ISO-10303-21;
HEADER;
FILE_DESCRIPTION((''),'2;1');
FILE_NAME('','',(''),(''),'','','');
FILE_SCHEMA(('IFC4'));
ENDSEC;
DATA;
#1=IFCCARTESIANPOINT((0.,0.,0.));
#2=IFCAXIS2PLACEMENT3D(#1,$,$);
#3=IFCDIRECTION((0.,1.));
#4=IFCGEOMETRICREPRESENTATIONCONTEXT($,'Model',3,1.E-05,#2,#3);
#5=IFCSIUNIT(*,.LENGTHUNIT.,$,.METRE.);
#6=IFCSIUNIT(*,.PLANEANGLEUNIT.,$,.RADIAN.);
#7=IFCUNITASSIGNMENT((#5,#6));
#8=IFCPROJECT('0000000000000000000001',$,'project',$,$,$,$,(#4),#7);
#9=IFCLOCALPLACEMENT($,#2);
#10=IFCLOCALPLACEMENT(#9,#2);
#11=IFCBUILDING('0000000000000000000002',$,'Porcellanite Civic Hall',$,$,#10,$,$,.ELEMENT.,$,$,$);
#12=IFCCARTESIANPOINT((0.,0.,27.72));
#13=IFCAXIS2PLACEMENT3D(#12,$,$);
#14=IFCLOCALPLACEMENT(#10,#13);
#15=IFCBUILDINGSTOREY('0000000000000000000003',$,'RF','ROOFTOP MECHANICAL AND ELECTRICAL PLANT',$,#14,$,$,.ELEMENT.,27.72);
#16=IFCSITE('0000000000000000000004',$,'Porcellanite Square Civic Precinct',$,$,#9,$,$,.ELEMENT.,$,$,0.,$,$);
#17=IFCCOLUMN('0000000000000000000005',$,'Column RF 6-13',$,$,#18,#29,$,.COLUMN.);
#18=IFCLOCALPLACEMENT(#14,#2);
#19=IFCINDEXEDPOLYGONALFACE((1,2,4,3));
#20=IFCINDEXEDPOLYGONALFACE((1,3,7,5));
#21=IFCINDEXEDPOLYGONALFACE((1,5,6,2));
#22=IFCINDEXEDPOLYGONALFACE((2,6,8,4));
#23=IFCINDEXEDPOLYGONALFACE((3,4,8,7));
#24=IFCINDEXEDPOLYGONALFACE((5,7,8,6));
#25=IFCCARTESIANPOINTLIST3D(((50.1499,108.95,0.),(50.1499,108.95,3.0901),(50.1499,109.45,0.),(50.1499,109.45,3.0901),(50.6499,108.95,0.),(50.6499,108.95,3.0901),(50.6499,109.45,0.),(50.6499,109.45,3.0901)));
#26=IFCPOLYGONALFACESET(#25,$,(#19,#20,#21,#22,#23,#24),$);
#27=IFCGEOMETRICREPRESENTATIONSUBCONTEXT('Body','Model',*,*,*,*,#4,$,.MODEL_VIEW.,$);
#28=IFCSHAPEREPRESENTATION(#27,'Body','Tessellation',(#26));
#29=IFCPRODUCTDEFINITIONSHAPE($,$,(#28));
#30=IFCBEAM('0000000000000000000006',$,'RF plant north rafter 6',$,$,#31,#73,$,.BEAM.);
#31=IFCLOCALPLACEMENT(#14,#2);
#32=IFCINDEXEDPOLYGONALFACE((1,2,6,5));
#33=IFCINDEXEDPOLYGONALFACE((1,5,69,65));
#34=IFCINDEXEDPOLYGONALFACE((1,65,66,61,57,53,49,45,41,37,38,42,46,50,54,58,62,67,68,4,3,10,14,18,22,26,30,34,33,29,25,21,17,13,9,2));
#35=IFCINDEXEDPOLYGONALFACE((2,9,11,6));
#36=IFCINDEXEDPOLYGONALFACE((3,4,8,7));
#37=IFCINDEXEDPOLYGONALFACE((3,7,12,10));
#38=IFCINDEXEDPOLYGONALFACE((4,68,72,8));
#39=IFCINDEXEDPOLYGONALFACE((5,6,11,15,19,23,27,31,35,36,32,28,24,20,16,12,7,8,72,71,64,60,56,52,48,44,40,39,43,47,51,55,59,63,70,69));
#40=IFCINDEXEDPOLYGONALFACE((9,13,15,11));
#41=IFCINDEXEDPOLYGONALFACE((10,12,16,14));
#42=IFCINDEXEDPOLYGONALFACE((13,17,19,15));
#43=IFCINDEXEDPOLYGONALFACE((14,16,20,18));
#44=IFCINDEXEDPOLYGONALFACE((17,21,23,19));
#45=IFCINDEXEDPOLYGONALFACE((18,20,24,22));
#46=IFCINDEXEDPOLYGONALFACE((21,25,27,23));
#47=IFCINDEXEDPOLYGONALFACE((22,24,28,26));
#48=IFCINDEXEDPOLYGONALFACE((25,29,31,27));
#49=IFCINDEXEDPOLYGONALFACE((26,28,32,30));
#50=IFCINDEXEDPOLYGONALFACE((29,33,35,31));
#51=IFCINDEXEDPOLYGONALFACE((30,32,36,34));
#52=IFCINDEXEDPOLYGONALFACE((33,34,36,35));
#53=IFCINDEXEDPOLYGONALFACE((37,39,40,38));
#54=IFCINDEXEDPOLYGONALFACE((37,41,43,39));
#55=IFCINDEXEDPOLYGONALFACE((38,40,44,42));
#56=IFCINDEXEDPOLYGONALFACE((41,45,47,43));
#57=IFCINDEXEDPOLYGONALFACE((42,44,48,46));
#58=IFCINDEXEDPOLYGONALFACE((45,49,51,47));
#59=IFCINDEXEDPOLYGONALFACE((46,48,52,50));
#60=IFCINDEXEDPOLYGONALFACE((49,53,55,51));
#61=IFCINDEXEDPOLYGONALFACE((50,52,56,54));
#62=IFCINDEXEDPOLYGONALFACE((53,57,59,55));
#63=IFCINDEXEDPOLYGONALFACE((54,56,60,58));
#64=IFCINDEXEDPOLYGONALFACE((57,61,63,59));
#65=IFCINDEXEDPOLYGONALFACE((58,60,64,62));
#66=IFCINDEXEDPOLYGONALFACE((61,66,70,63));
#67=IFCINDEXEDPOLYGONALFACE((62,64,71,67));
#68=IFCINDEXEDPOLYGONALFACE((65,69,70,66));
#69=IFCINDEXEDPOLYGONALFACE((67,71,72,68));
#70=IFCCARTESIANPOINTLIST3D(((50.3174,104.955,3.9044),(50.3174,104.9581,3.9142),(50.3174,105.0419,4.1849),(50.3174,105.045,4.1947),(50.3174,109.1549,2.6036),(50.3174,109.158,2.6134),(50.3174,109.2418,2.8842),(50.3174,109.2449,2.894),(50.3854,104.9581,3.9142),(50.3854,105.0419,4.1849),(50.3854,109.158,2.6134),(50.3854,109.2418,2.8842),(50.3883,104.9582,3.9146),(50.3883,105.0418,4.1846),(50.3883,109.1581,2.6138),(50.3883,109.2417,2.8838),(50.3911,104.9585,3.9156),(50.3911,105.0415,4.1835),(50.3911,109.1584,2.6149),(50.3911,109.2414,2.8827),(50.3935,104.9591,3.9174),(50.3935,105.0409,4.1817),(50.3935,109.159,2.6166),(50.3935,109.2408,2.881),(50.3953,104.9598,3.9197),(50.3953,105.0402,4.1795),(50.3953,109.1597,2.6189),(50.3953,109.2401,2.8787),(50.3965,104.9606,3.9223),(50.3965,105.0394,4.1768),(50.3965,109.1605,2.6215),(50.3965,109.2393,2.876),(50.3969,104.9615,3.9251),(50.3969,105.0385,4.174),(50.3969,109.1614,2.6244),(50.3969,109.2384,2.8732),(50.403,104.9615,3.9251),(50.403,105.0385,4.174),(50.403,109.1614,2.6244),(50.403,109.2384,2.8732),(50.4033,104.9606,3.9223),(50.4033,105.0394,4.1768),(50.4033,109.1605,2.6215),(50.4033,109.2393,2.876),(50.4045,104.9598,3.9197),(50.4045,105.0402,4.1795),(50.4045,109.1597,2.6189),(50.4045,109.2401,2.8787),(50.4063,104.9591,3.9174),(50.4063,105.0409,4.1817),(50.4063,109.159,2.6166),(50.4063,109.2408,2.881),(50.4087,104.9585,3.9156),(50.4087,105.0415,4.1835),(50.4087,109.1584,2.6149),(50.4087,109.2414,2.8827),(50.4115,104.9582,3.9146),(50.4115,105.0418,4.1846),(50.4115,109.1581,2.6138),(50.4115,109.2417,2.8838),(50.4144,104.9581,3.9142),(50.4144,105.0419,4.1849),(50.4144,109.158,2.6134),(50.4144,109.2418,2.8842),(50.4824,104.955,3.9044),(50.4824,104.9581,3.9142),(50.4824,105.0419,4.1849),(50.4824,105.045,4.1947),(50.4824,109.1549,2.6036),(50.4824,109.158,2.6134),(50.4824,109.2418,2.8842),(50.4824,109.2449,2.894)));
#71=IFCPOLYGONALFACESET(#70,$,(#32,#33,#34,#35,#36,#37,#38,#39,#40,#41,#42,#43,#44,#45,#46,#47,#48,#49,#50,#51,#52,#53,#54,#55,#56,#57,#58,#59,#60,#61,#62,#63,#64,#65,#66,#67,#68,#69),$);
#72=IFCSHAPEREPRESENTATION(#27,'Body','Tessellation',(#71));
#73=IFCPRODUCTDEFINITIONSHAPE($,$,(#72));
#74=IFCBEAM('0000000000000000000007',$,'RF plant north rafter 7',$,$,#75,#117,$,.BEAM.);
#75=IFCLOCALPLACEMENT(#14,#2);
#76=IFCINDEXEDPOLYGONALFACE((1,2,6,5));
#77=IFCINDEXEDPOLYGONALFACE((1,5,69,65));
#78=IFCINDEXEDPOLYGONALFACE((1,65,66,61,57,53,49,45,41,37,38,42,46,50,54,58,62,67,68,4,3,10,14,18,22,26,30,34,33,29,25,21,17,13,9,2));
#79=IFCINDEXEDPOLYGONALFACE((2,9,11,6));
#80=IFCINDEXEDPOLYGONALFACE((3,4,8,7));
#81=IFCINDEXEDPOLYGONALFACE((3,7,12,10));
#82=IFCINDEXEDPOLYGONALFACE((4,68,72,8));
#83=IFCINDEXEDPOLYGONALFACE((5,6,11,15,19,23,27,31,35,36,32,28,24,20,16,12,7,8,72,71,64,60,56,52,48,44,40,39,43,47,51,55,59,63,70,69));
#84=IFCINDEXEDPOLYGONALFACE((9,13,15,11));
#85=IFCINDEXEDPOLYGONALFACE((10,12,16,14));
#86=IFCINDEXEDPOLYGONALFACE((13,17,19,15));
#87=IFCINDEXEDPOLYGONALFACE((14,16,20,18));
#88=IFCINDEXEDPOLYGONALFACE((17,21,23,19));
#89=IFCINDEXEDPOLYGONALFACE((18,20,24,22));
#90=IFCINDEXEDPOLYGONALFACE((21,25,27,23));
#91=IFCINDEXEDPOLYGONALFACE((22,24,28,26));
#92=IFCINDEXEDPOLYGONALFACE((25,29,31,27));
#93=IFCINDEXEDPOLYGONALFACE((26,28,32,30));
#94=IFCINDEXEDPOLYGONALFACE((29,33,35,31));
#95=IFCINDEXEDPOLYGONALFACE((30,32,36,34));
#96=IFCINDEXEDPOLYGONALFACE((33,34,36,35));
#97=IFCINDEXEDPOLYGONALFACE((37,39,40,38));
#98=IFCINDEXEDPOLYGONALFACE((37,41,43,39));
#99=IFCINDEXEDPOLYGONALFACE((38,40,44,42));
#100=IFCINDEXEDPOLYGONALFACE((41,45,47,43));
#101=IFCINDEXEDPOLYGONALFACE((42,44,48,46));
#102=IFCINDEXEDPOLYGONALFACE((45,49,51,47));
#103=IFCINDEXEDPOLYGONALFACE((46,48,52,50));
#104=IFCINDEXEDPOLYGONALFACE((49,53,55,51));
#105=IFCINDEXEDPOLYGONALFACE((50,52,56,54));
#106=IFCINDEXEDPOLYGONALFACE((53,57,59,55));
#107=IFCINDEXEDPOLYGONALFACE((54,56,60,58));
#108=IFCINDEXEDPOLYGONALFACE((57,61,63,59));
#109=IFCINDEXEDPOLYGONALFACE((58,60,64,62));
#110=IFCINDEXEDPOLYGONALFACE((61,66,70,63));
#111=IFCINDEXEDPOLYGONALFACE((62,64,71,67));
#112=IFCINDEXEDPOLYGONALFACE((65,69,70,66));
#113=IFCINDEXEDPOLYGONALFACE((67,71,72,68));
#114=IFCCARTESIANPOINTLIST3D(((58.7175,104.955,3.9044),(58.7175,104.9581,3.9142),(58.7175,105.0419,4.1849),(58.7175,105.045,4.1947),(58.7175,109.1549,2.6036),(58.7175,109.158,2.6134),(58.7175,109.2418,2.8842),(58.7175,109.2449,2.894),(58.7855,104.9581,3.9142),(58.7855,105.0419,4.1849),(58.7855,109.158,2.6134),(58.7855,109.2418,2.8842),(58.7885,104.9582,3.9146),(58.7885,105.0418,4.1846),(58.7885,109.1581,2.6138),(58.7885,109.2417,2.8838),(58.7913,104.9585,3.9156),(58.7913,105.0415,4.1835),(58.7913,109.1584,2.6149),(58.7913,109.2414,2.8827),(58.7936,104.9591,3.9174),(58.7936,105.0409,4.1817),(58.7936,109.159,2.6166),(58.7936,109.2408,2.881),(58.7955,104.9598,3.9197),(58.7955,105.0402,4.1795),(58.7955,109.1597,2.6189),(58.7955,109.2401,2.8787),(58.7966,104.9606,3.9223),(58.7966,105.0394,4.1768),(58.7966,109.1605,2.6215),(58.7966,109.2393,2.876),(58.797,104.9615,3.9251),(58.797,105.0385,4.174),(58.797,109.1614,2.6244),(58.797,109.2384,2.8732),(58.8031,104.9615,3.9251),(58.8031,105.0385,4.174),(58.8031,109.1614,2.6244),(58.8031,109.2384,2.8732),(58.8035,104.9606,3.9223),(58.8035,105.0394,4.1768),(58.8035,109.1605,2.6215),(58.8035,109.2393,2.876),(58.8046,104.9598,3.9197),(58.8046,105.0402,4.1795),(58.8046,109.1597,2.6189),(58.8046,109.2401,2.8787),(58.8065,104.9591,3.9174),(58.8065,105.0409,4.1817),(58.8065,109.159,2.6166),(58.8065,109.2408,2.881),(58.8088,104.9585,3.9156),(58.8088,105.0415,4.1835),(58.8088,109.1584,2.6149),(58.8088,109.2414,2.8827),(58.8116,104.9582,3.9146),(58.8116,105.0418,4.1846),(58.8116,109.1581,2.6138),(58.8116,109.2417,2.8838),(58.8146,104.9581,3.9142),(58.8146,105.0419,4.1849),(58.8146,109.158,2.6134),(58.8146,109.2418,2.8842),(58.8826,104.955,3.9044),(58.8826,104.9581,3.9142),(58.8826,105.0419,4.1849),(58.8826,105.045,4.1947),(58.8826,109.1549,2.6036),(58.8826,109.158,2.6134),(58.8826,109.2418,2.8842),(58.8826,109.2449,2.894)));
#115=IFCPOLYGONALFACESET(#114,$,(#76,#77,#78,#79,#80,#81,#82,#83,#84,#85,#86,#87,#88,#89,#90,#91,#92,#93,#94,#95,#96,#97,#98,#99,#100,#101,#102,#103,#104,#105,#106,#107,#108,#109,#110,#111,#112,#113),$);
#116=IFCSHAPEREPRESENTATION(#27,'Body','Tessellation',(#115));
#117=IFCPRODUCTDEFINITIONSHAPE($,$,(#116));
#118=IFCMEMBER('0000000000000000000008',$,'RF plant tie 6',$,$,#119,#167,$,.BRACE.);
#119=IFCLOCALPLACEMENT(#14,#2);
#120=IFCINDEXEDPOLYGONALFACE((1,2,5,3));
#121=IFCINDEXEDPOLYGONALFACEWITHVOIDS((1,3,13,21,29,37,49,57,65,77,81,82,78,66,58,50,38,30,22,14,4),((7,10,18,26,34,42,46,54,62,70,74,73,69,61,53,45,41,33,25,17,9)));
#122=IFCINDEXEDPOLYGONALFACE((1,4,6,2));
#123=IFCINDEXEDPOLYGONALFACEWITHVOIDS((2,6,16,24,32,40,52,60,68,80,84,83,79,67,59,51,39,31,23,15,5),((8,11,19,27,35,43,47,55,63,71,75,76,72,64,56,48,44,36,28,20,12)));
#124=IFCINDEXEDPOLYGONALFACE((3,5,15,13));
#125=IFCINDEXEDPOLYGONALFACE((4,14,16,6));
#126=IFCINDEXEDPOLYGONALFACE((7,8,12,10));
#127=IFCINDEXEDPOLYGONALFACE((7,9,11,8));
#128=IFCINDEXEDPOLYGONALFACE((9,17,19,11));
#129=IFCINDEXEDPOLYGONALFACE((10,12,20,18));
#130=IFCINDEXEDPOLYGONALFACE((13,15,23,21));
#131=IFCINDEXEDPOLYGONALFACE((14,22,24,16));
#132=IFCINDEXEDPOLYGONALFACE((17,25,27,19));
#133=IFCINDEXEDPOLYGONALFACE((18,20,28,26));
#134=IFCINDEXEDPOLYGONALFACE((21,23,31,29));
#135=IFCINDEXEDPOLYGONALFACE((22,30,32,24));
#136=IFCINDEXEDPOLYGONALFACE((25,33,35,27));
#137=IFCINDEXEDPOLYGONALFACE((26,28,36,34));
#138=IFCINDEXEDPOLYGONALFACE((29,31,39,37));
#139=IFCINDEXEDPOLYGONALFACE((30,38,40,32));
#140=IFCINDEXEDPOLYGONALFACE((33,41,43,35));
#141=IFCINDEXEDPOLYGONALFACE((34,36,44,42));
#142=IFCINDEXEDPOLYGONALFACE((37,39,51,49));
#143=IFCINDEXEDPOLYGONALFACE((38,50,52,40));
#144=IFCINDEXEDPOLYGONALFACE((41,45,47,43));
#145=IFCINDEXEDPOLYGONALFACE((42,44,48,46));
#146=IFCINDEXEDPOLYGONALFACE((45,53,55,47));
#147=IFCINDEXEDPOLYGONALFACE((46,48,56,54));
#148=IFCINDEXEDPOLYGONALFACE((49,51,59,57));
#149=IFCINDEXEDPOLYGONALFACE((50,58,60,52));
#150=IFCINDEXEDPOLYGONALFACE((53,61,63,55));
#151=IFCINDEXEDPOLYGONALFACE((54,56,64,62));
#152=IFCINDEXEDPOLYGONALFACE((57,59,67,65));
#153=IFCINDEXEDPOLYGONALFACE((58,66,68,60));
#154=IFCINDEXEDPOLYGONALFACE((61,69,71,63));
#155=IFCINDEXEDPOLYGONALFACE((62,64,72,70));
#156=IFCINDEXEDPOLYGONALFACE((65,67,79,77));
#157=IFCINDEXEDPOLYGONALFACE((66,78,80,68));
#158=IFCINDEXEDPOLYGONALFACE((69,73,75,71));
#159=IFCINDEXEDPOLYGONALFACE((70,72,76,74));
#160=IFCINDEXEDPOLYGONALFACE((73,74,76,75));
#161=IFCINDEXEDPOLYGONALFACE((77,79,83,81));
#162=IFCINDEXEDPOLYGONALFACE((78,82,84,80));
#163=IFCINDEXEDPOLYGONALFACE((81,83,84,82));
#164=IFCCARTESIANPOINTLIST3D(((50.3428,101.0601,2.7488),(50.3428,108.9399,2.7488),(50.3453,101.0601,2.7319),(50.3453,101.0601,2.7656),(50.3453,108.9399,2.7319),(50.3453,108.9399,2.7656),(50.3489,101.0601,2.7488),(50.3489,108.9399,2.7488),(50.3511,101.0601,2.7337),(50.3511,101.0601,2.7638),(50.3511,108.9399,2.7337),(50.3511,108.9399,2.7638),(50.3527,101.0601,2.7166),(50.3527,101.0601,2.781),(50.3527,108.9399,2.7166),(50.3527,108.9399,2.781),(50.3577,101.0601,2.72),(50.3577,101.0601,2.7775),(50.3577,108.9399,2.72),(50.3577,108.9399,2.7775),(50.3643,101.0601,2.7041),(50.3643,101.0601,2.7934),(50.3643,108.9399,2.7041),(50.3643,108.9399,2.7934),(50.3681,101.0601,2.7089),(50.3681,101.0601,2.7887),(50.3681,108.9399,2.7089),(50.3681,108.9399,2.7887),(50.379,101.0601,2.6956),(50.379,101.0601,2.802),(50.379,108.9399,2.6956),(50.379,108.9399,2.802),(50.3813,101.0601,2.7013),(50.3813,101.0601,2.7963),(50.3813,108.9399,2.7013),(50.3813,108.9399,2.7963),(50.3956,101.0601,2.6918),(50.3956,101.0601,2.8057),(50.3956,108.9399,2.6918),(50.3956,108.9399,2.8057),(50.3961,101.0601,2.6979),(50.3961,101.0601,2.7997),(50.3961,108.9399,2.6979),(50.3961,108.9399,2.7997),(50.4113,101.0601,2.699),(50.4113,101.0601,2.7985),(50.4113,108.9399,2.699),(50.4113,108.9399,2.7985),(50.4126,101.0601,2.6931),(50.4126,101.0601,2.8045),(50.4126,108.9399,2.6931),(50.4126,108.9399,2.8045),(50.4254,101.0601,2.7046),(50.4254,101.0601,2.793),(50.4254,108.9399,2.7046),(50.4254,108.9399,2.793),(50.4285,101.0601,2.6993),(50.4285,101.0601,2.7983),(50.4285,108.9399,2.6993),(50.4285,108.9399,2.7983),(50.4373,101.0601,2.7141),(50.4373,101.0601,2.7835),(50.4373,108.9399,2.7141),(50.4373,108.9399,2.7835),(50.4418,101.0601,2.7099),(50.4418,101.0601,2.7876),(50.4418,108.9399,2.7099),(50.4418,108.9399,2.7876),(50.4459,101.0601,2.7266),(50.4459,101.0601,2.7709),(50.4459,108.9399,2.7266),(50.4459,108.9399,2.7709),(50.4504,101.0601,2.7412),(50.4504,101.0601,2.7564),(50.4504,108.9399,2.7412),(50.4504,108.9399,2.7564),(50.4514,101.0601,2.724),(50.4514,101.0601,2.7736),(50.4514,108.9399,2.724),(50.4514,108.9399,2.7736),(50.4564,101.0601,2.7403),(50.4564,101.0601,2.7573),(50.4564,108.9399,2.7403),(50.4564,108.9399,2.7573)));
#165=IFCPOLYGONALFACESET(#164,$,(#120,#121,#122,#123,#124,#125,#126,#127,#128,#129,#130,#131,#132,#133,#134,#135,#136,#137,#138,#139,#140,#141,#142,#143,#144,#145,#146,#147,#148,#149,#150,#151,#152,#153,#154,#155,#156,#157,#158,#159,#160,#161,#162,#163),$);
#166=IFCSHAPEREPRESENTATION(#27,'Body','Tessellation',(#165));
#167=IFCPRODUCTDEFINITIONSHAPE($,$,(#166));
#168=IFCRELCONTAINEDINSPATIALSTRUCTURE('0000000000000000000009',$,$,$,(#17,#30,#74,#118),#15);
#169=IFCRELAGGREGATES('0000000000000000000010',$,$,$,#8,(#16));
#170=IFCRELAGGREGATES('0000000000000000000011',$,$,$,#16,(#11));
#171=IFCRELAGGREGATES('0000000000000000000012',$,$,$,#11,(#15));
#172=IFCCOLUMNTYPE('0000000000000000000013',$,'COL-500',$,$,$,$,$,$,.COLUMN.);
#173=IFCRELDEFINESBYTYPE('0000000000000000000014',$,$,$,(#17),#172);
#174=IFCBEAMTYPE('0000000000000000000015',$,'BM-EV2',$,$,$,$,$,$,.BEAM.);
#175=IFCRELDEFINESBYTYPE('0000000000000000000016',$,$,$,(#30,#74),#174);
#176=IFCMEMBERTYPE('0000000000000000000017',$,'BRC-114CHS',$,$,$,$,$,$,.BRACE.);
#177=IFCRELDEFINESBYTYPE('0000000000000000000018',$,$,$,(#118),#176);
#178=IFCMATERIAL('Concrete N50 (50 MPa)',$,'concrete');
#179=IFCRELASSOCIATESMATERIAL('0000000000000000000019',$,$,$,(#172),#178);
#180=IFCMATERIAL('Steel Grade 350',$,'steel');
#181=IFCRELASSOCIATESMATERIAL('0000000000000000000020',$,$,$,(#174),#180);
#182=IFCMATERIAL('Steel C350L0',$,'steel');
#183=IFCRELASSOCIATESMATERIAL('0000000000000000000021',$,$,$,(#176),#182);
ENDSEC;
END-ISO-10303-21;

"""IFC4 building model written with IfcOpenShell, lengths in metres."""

from ifc_helpers import new_model, si_unit, direction, frame, origin, origin_2d, place, context, subcontext, project, spatial, rectangle, hollow_circle, i_section, extrude, material, material_profile, profile_set, type_object, element, save


model = new_model("IFC4")

# Units and contexts
model_context = context("Model", 3, precision=1e-05, world=origin(), true_north=direction((0.0, 1.0)))
body_context = subcontext(model_context, "Body", "Model", "MODEL_VIEW")
ifc_project = project(units=[si_unit("LENGTHUNIT", "METRE"), si_unit("PLANEANGLEUNIT", "RADIAN")], contexts=[model_context])

# Site, building, storey
site_placement = place(None, origin())
site = spatial("IfcSite", under=ifc_project, at=site_placement, Name="Porcellanite Square Civic Precinct", CompositionType="ELEMENT", RefElevation=0.0)
building_placement = place(site_placement, origin())
building = spatial("IfcBuilding", under=site, at=building_placement, Name="Porcellanite Civic Hall", CompositionType="ELEMENT")
storey_placement = place(building_placement, frame((0.0, 0.0, 27.72)))
storey = spatial("IfcBuildingStorey", under=building, at=storey_placement, Name="RF", Description="ROOFTOP MECHANICAL AND ELECTRICAL PLANT", CompositionType="ELEMENT", Elevation=27.72)

# Column
ifc_material_1 = material(Name="Concrete N50 (50 MPa)", Category="concrete")
ifc_material_profile_1 = material_profile(ifc_material_1, rectangle(XDim=0.5, YDim=0.5, at=origin_2d()), Name="RC-500x500")
ifc_profile_set_1 = profile_set([ifc_material_profile_1], Name="Concrete N50 (50 MPa)")
column_type = type_object("IfcColumnType", Name="COL-500", PredefinedType="COLUMN", material=ifc_profile_set_1)
column_placement = place(storey_placement, frame((50.3999, 109.2, 0.0), z_axis=(0.0, 0.0, 1.0), x_axis=(1.0, 0.0, 0.0)))
element("IfcColumn", 1, at=column_placement, inside=storey, type_object=column_type, Name="Column RF 6-13", PredefinedType="COLUMN", context=body_context, shape_type="SweptSolid", body=[
    extrude(rectangle(XDim=0.5, YDim=0.5, at=origin_2d()), origin(), (0.0, 0.0, 1.0), 3.0901),
])

# Beams
ifc_material_2 = material(Name="Steel Grade 350", Category="steel")
ifc_material_profile_2 = material_profile(ifc_material_2, i_section(OverallWidth=0.165, OverallDepth=0.304, WebThickness=0.0061, FlangeThickness=0.0103, FilletRadius=0.0115, at=origin_2d()), Name="310UB40.4")
ifc_profile_set_2 = profile_set([ifc_material_profile_2], Name="Steel Grade 350")
beam_type_1 = type_object("IfcBeamType", Name="BM-EV2", PredefinedType="BEAM", material=ifc_profile_set_2)
for number, where, z_axis, x_axis, name in (
    (2, (50.3999, 105.0, 4.0496), (0.0, 0.955235, -0.295849), (-1.0, 0.0, 0.0), "RF plant north rafter 6"),
    (3, (58.8, 105.0, 4.0496), (0.0, 0.955235, -0.295849), (-1.0, 0.0, 0.0), "RF plant north rafter 7"),
):
    element("IfcBeam", number, at=place(storey_placement, frame(where, z_axis=z_axis, x_axis=x_axis)), inside=storey, type_object=beam_type_1, Name=name, PredefinedType="BEAM", context=body_context, shape_type="SweptSolid", body=[
        extrude(i_section(OverallWidth=0.165, OverallDepth=0.304, WebThickness=0.0061, FlangeThickness=0.0103, FilletRadius=0.0115, at=origin_2d()), origin(), (0.0, 0.0, 1.0), 4.3967),
    ])

# Member
ifc_material_3 = material(Name="Steel C350L0", Category="steel")
ifc_material_profile_3 = material_profile(ifc_material_3, hollow_circle(Radius=0.0571, WallThickness=0.0061, at=origin_2d()), Name="114.3x6.0CHS")
ifc_profile_set_3 = profile_set([ifc_material_profile_3], Name="Steel C350L0")
member_type = type_object("IfcMemberType", Name="BRC-114CHS", PredefinedType="BRACE", material=ifc_profile_set_3)
for number, where, z_axis, x_axis, name in (
    (4, (50.3999, 101.0601, 2.7488), (0.0, 1.0, 0.0), (-1.0, 0.0, 0.0), "RF plant tie 6"),
):
    element("IfcMember", number, at=place(storey_placement, frame(where, z_axis=z_axis, x_axis=x_axis)), inside=storey, type_object=member_type, Name=name, PredefinedType="BRACE", context=body_context, shape_type="SweptSolid", body=[
        extrude(hollow_circle(Radius=0.0571, WallThickness=0.0061, at=origin_2d()), origin(), (0.0, 0.0, 1.0), 7.8799),
    ])

save(model, "model.ifc")
